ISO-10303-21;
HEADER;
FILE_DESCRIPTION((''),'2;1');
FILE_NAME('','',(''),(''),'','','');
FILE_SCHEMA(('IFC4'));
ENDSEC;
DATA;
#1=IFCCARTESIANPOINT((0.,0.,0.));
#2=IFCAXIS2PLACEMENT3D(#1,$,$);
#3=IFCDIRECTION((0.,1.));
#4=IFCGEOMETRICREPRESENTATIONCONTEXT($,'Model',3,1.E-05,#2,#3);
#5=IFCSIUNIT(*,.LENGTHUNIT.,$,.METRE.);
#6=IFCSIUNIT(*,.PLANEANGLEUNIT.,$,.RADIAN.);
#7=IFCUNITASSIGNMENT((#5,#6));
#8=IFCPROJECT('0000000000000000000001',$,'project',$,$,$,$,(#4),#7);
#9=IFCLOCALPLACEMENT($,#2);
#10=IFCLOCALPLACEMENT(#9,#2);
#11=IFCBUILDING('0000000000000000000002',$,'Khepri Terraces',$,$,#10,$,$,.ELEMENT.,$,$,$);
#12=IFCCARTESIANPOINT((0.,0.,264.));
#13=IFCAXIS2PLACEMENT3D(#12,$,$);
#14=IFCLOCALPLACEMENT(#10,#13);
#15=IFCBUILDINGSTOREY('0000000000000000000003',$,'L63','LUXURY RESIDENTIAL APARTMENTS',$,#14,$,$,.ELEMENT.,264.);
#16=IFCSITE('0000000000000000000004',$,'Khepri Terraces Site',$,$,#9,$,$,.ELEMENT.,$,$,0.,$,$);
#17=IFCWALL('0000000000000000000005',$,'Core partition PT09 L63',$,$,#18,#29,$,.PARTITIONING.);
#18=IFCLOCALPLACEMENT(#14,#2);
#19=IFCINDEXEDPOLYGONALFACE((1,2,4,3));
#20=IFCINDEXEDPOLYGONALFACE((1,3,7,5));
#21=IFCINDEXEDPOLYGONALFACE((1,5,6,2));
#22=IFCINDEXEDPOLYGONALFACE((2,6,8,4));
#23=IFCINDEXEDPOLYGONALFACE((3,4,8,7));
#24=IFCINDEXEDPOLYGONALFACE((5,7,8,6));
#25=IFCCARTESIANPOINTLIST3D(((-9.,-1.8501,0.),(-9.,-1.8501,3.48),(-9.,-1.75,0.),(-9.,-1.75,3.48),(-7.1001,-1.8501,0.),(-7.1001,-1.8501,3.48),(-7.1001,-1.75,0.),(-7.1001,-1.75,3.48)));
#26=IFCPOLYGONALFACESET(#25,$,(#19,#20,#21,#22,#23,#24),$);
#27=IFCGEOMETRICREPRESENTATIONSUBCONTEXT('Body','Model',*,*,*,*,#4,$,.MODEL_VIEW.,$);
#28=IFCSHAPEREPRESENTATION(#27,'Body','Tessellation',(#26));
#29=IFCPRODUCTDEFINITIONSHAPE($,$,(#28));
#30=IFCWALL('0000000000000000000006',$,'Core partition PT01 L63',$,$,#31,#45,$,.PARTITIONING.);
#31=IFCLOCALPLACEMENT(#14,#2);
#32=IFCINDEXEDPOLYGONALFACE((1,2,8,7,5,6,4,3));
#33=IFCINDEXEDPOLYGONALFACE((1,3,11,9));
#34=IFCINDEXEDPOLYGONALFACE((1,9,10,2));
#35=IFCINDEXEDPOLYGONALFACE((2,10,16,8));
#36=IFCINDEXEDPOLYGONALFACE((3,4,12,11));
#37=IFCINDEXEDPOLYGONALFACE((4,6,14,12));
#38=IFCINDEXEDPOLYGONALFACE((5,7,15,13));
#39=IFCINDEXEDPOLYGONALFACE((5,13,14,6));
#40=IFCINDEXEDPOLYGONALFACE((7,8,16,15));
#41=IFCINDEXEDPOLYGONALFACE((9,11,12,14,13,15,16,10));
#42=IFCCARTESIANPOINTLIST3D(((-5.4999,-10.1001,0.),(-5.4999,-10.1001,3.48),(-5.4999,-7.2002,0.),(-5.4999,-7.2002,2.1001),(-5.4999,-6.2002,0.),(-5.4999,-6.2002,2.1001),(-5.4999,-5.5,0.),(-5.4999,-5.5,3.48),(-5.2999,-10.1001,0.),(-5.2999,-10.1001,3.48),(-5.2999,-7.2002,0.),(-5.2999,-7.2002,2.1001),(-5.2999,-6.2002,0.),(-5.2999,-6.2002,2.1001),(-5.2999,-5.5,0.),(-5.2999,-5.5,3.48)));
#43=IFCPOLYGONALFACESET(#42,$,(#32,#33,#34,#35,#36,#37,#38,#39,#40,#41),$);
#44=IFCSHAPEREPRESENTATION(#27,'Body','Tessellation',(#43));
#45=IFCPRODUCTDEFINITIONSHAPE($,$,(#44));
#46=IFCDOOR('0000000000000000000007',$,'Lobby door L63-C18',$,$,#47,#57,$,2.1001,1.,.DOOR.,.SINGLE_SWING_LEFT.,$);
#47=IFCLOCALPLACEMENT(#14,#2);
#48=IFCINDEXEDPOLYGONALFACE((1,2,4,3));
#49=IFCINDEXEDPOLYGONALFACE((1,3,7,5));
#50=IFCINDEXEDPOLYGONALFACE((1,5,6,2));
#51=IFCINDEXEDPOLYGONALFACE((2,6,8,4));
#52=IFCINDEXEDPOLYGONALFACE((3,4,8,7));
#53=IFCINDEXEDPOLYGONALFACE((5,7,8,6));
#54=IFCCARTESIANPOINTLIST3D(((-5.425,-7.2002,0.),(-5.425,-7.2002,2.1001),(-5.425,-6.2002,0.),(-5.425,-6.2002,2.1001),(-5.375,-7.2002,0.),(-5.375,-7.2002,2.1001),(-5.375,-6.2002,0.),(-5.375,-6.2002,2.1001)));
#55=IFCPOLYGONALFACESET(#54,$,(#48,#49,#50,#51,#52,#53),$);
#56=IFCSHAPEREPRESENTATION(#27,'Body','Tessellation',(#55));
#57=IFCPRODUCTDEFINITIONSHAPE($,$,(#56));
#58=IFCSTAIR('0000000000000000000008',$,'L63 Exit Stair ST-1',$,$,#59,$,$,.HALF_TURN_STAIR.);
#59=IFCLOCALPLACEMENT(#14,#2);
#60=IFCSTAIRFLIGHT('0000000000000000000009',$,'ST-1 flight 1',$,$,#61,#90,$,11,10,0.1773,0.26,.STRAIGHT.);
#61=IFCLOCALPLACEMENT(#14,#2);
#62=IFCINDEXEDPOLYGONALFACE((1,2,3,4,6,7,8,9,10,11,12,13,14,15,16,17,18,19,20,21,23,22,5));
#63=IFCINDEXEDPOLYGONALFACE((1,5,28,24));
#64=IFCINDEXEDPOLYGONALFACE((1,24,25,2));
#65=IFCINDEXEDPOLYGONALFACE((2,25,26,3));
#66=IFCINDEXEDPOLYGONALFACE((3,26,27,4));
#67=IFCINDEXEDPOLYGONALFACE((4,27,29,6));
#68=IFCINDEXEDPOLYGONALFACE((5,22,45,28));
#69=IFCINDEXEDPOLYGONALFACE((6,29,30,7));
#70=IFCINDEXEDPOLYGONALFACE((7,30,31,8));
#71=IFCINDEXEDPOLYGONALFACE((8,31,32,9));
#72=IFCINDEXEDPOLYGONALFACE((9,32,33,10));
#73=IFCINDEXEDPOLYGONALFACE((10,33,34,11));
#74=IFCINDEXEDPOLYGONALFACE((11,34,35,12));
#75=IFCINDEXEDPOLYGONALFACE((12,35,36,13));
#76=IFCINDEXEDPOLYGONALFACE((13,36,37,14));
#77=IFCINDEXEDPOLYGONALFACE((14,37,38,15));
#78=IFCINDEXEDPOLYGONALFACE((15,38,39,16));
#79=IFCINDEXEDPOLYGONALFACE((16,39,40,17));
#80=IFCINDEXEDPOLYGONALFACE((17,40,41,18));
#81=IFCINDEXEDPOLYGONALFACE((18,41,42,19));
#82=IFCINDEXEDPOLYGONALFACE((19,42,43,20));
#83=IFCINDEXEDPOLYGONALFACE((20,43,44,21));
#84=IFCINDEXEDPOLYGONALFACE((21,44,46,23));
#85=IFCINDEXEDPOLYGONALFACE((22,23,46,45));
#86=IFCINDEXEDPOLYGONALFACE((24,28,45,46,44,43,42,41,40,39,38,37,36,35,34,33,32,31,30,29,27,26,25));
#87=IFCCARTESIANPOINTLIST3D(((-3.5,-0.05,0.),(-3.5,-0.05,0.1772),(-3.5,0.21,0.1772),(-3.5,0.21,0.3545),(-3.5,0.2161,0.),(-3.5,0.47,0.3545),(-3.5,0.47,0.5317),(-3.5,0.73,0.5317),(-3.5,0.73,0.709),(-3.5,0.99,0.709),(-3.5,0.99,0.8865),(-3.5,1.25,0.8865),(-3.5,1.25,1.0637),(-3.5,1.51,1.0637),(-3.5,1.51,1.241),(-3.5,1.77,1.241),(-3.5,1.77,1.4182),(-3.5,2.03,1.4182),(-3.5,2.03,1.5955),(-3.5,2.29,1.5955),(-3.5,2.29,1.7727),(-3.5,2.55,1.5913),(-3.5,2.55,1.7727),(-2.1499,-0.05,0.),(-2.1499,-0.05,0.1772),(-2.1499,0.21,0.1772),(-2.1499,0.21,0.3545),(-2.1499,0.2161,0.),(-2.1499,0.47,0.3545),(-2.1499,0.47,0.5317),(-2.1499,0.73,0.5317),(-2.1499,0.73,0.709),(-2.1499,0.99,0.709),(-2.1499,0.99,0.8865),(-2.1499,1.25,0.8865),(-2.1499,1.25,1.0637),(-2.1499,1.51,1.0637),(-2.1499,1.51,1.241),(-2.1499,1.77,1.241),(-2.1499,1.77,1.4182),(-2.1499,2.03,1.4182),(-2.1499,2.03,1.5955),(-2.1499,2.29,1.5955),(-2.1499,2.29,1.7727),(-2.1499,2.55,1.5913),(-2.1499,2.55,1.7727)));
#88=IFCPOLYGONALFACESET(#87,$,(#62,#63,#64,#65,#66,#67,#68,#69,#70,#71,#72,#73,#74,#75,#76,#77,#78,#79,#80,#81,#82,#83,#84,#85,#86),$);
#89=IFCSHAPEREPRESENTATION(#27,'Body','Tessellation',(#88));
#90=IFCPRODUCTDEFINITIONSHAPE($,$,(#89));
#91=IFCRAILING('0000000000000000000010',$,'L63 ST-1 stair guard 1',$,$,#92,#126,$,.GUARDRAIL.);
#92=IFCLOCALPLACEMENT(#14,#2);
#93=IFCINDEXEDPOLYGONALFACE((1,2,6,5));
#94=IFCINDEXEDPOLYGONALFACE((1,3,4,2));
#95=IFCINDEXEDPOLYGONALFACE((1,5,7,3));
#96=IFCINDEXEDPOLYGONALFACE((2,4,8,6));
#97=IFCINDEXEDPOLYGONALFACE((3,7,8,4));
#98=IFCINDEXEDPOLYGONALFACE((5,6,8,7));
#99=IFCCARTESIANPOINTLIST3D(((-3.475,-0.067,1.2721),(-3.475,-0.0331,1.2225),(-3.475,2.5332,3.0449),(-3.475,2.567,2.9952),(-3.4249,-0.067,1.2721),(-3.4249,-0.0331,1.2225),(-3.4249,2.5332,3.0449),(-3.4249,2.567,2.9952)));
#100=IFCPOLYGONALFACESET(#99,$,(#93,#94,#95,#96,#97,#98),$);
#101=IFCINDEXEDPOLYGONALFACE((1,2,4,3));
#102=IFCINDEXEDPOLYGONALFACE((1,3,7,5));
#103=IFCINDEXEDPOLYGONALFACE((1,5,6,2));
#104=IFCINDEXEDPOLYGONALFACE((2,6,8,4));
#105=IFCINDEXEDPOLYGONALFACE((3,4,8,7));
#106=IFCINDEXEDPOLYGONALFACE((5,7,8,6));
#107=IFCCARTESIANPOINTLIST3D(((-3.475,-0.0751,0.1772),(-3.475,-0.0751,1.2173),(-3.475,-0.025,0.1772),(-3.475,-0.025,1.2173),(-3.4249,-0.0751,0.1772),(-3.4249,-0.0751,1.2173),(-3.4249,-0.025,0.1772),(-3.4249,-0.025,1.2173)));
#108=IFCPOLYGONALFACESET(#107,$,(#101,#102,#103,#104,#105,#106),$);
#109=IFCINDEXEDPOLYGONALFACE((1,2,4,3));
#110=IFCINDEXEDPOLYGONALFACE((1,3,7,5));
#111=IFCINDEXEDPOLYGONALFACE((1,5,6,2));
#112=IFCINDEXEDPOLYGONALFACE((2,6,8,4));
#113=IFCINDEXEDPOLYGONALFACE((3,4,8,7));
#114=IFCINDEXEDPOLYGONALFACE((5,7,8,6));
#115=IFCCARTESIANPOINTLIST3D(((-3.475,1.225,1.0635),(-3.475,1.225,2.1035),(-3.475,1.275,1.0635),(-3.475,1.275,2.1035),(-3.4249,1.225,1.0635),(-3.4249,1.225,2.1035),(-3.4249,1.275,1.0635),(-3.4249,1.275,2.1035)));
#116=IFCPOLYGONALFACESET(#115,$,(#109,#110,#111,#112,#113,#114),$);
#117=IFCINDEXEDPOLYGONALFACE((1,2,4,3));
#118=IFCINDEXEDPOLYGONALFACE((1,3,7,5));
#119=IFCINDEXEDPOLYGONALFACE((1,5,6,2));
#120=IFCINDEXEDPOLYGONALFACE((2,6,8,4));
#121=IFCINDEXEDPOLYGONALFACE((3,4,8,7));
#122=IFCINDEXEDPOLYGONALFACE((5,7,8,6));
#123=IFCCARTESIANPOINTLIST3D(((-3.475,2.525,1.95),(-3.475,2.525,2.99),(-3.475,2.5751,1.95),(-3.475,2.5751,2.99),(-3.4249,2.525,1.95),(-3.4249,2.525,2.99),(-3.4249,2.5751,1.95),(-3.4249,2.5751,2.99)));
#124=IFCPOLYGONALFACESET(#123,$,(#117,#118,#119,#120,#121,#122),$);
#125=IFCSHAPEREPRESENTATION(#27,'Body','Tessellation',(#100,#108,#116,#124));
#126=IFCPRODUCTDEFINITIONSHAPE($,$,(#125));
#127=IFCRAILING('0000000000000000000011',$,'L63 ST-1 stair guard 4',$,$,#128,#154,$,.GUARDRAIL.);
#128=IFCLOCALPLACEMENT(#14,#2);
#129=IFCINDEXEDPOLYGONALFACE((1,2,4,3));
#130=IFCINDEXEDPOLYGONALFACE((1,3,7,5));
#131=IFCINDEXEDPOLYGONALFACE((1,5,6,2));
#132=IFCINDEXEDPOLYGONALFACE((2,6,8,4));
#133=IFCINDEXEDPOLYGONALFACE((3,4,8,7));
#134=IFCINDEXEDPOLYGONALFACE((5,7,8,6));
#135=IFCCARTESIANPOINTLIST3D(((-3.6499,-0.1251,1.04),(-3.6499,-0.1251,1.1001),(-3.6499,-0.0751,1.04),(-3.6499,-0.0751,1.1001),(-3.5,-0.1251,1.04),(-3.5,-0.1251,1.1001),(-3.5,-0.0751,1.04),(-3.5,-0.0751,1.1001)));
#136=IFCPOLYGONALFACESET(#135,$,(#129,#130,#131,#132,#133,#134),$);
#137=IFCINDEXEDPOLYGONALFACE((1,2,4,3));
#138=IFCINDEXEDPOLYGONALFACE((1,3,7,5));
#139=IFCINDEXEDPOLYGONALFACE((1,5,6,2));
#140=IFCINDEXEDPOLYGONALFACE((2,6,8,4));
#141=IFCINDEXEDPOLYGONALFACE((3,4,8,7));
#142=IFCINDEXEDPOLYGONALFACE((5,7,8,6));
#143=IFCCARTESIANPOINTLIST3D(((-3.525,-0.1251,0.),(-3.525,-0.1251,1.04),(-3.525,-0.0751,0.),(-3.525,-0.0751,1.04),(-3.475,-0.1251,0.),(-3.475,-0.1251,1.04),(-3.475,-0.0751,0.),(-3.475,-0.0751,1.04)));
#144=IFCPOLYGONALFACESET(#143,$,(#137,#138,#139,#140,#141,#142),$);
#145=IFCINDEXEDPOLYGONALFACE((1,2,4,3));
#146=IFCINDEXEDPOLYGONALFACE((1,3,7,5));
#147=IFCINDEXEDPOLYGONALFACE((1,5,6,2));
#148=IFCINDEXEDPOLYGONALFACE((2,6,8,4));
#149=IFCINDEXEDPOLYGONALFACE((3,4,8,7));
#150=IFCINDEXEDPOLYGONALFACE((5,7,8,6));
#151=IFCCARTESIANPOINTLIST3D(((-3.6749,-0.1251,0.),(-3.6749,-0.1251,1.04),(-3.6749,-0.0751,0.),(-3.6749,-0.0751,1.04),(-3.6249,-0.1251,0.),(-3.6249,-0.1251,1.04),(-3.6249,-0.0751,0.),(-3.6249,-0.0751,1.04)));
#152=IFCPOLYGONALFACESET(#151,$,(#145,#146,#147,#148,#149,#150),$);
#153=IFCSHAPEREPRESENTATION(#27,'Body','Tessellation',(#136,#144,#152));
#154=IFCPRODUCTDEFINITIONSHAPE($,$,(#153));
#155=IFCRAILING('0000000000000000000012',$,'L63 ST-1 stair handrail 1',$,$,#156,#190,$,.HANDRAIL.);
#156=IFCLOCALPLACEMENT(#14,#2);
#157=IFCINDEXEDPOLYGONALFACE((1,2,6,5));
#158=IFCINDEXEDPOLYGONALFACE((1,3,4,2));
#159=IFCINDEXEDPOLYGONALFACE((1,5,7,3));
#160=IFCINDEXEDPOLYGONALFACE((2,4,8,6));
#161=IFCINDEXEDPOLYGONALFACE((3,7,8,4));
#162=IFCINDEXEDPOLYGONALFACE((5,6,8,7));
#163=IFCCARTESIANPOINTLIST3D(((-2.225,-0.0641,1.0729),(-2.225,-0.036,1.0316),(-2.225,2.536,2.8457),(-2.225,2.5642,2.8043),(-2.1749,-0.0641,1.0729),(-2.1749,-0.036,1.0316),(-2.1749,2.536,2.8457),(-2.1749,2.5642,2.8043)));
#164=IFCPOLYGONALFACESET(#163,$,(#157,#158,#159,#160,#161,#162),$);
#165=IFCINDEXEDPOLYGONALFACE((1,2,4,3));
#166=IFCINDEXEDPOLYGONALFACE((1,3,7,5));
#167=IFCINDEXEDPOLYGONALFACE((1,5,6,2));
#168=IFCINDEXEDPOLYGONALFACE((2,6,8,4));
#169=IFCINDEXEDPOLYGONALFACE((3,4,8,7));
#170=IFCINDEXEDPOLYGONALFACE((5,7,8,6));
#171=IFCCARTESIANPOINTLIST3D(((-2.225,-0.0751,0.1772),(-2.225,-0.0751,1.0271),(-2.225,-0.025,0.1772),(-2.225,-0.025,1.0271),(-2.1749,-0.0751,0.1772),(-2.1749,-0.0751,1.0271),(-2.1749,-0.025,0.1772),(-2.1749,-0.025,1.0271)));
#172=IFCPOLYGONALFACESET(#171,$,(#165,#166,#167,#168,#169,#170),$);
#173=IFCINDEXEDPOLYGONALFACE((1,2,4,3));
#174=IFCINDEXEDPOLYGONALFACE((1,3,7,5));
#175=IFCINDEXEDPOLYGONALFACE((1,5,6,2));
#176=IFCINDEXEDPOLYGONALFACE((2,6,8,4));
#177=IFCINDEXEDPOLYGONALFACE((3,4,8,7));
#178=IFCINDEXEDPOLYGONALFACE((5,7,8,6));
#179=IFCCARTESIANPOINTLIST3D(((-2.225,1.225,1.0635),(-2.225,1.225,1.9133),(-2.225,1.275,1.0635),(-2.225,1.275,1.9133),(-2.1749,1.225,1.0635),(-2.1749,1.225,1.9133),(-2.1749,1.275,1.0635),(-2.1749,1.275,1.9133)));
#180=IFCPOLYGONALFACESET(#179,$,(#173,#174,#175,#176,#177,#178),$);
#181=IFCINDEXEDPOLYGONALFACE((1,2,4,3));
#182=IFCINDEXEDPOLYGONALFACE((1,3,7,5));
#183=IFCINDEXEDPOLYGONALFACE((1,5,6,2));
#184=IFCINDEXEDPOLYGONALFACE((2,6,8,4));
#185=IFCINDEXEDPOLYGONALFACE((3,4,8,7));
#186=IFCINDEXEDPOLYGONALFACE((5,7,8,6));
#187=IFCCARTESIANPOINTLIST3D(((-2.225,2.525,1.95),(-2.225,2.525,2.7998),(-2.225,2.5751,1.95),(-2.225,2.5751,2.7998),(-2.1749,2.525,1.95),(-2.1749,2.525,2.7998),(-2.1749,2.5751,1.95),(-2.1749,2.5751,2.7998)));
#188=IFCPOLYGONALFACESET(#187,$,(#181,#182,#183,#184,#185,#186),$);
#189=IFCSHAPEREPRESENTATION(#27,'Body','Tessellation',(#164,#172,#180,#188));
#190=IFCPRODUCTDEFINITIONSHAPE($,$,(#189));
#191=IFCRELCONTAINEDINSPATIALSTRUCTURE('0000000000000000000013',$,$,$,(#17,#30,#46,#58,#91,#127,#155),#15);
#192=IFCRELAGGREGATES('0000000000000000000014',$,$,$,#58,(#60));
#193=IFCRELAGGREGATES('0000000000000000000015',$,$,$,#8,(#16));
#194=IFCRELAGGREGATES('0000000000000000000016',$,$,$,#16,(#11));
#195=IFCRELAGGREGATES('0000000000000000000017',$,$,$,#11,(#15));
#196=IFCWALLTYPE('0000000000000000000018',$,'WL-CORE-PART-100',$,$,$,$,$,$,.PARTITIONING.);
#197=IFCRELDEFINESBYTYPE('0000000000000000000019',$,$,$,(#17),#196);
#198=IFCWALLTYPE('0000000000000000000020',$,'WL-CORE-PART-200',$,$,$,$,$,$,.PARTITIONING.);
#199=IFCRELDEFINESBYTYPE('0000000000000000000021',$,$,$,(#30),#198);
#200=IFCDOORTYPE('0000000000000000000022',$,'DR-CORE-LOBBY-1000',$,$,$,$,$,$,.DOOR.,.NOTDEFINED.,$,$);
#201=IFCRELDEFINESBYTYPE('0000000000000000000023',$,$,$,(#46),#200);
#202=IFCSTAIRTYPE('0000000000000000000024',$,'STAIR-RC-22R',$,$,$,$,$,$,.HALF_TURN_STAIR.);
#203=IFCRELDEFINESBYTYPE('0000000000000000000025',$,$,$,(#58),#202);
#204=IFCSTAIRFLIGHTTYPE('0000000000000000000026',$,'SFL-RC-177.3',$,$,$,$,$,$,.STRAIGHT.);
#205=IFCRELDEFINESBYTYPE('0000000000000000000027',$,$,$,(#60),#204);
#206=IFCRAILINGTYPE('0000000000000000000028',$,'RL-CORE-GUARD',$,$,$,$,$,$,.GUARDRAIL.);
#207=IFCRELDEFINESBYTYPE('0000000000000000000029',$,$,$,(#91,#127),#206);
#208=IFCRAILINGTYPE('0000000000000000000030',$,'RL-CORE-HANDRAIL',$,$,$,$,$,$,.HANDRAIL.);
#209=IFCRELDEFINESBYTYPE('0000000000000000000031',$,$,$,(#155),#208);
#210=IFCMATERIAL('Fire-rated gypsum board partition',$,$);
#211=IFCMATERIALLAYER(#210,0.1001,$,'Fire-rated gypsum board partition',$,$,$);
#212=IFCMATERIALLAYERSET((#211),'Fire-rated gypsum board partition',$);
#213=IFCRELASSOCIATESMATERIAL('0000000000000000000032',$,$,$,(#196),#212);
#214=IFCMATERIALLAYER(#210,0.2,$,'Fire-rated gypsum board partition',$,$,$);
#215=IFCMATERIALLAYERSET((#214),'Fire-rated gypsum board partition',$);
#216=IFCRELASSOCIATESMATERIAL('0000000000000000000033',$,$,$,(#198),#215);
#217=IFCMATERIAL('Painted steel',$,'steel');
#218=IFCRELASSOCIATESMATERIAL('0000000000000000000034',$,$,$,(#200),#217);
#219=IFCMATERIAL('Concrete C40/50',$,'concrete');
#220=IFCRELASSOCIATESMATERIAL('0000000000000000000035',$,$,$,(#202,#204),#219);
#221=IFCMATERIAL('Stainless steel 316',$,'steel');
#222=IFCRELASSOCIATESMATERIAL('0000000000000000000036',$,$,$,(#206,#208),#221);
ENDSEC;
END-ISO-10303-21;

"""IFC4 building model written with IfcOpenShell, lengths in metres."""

from ifc_helpers import new_model, si_unit, direction, frame, frame_2d, origin, origin_2d, place, context, subcontext, project, spatial, polyline, rectangle, outline, extrude, material, layer, layer_set, type_object, element, fill, aggregate, save


model = new_model("IFC4")

# Units and contexts
model_context = context("Model", 3, precision=1e-05, world=origin(), true_north=direction((0.0, 1.0)))
body_context = subcontext(model_context, "Body", "Model", "MODEL_VIEW")
ifc_project = project(units=[si_unit("LENGTHUNIT", "METRE"), si_unit("PLANEANGLEUNIT", "RADIAN")], contexts=[model_context])

# Site, building, storey
site_placement = place(None, origin())
site = spatial("IfcSite", under=ifc_project, at=site_placement, Name="Khepri Terraces Site", CompositionType="ELEMENT", RefElevation=0.0)
building_placement = place(site_placement, origin())
building = spatial("IfcBuilding", under=site, at=building_placement, Name="Khepri Terraces", CompositionType="ELEMENT")
storey_placement = place(building_placement, frame((0.0, 0.0, 264.0)))
storey = spatial("IfcBuildingStorey", under=building, at=storey_placement, Name="L63", Description="LUXURY RESIDENTIAL APARTMENTS", CompositionType="ELEMENT", Elevation=264.0)

# Shared definitions
ifc_material_1 = material(Name="Concrete C40/50", Category="concrete")

# Shared definitions
ifc_material_2 = material(Name="Painted steel", Category="steel")

# Shared definitions
ifc_material_3 = material(Name="Fire-rated gypsum board partition")
ifc_layer_1 = layer(ifc_material_3, 0.1001, Name="Fire-rated gypsum board partition")
ifc_layer_set_1 = layer_set([ifc_layer_1], Name="Fire-rated gypsum board partition")
wall_type_1 = type_object("IfcWallType", Name="WL-CORE-PART-100", PredefinedType="PARTITIONING", material=ifc_layer_set_1)

# Wall
for number, where, z_axis, x_axis, name in (
    (1, (-9.0, -1.8, 0.0), (0.0, 0.0, 1.0), (1.0, 0.0, 0.0), "Core partition PT09 L63"),
):
    element("IfcWall", number, at=place(storey_placement, frame(where, z_axis=z_axis, x_axis=x_axis)), inside=storey, type_object=wall_type_1, Name=name, PredefinedType="PARTITIONING", context=body_context, shape_type="SweptSolid", body=[
        extrude(rectangle(XDim=1.8999, YDim=0.1001, at=frame_2d((0.95, 0.0))), origin(), (0.0, 0.0, 1.0), 3.48),
    ])

# Wall, opening, door
ifc_layer_2 = layer(ifc_material_3, 0.2, Name="Fire-rated gypsum board partition")
ifc_layer_set_2 = layer_set([ifc_layer_2], Name="Fire-rated gypsum board partition")
wall_type_2 = type_object("IfcWallType", Name="WL-CORE-PART-200", PredefinedType="PARTITIONING", material=ifc_layer_set_2)
wall_1_placement = place(storey_placement, frame((-5.3999, -10.1001, 0.0), z_axis=(0.0, 0.0, 1.0), x_axis=(0.0, 1.0, 0.0)))
wall_1 = element("IfcWall", 2, at=wall_1_placement, inside=storey, type_object=wall_type_2, Name="Core partition PT01 L63", PredefinedType="PARTITIONING", context=body_context, shape_type="SweptSolid", body=[
    extrude(rectangle(XDim=4.6001, YDim=0.2, at=frame_2d((2.3, 0.0))), origin(), (0.0, 0.0, 1.0), 3.48),
])
opening_1_placement = place(wall_1_placement, frame((2.8999, 0.0, 0.0)))
opening_1 = element("IfcOpeningElement", 3, at=opening_1_placement, cuts=wall_1, PredefinedType="OPENING", context=body_context, shape_type="SweptSolid", body=[
    extrude(rectangle(XDim=1.0, YDim=2.1001, at=frame_2d((0.5, 1.05))), frame((0.0, 0.1099, 0.0), z_axis=(0.0, -1.0, 0.0), x_axis=(1.0, 0.0, 0.0)), (0.0, 0.0, 1.0), 0.22),
])
door_type_1 = type_object("IfcDoorType", Name="DR-CORE-LOBBY-1000", OperationType="NOTDEFINED", PredefinedType="DOOR", material=ifc_material_2)
door_1_placement = place(opening_1_placement, frame((1.0, 0.0, 0.0), z_axis=(0.0, 0.0, 1.0), x_axis=(-1.0, 0.0, 0.0)))
door_1 = element("IfcDoor", 4, at=door_1_placement, inside=storey, type_object=door_type_1, Name="Lobby door L63-C18", OperationType="SINGLE_SWING_LEFT", OverallHeight=2.1001, OverallWidth=1.0, PredefinedType="DOOR", context=body_context, shape_type="SweptSolid", body=[
    extrude(rectangle(XDim=1.0, YDim=2.1001, at=frame_2d((0.5, 1.05))), frame((0.0, 0.0249, 0.0), z_axis=(0.0, -1.0, 0.0), x_axis=(1.0, 0.0, 0.0)), (0.0, 0.0, 1.0), 0.05),
])
fill(opening_1, door_1)

# Stair, stair flight
stair_type = type_object("IfcStairType", Name="STAIR-RC-22R", PredefinedType="HALF_TURN_STAIR", material=ifc_material_1)
stair_placement = place(storey_placement, origin())
stair = element("IfcStair", 5, at=stair_placement, inside=storey, type_object=stair_type, Name="L63 Exit Stair ST-1", PredefinedType="HALF_TURN_STAIR")
stair_flight_type = type_object("IfcStairFlightType", Name="SFL-RC-177.3", PredefinedType="STRAIGHT", material=ifc_material_1)
stair_flight_placement = place(storey_placement, frame((-2.825, -0.05, 0.0), z_axis=(0.0, 0.0, 1.0), x_axis=(0.0, 1.0, 0.0)))
stair_flight = element("IfcStairFlight", 6, at=stair_flight_placement, type_object=stair_flight_type, Name="ST-1 flight 1", NumberOfRisers=11, NumberOfTreads=10, PredefinedType="STRAIGHT", RiserHeight=0.1773, TreadLength=0.26, context=body_context, shape_type="SweptSolid", body=[
    extrude(outline(polyline([(0.0, 0.0), (0.0, 0.1772), (0.26, 0.1772), (0.26, 0.3545), (0.52, 0.3545), (0.52, 0.5317), (0.78, 0.5317), (0.78, 0.709), (1.04, 0.709), (1.04, 0.8865), (1.3, 0.8865), (1.3, 1.0637), (1.5601, 1.0637), (1.5601, 1.241), (1.8201, 1.241), (1.8201, 1.4182), (2.0801, 1.4182), (2.0801, 1.5955), (2.3401, 1.5955), (2.3401, 1.7727), (2.6001, 1.7727), (2.6001, 1.95), (2.6001, 1.5913), (0.2661, 0.0), (0.0, 0.0)])), frame((0.0, 0.675, 0.0), z_axis=(0.0, -1.0, 0.0), x_axis=(1.0, 0.0, 0.0)), (0.0, 0.0, 1.0), 1.3501),
])
aggregate(stair, [stair_flight])

# Railings
ifc_material_4 = material(Name="Stainless steel 316", Category="steel")
railing_type_1 = type_object("IfcRailingType", Name="RL-CORE-GUARD", PredefinedType="GUARDRAIL", material=ifc_material_4)
railing_1_placement = place(storey_placement, frame((-3.45, -0.05, 0.1772)))
element("IfcRailing", 7, at=railing_1_placement, inside=storey, type_object=railing_type_1, Name="L63 ST-1 stair guard 1", PredefinedType="GUARDRAIL", context=body_context, shape_type="SweptSolid", body=[
    extrude(rectangle(XDim=0.05, YDim=0.0601, at=origin_2d()), frame((0.0, 0.0, 1.0701), z_axis=(0.0, 0.82624, 0.563318), x_axis=(-1.0, 0.0, 0.0)), (0.0, 0.0, 1.0), 3.147),
    extrude(rectangle(XDim=0.05, YDim=0.05, at=origin_2d()), origin(), (0.0, 0.0, 1.0), 1.04),
    extrude(rectangle(XDim=0.05, YDim=0.05, at=origin_2d()), frame((0.0, 1.3, 0.8862)), (0.0, 0.0, 1.0), 1.04),
    extrude(rectangle(XDim=0.05, YDim=0.05, at=origin_2d()), frame((0.0, 2.6001, 1.7727)), (0.0, 0.0, 1.0), 1.04),
])
railing_2_placement = place(storey_placement, frame((-3.5, -0.1001, 0.0)))
element("IfcRailing", 8, at=railing_2_placement, inside=storey, type_object=railing_type_1, Name="L63 ST-1 stair guard 4", PredefinedType="GUARDRAIL", context=body_context, shape_type="SweptSolid", body=[
    extrude(rectangle(XDim=0.05, YDim=0.0601, at=origin_2d()), frame((0.0, 0.0, 1.0701), z_axis=(-1.0, 0.0, 0.0), x_axis=(0.0, -1.0, 0.0)), (0.0, 0.0, 1.0), 0.1499),
    extrude(rectangle(XDim=0.05, YDim=0.05, at=origin_2d()), origin(), (0.0, 0.0, 1.0), 1.04),
    extrude(rectangle(XDim=0.05, YDim=0.05, at=origin_2d()), frame((-0.1499, 0.0, 0.0)), (0.0, 0.0, 1.0), 1.04),
])
railing_type_2 = type_object("IfcRailingType", Name="RL-CORE-HANDRAIL", PredefinedType="HANDRAIL", material=ifc_material_4)
railing_3_placement = place(storey_placement, frame((-2.2, -0.05, 0.1772)))
element("IfcRailing", 9, at=railing_3_placement, inside=storey, type_object=railing_type_2, Name="L63 ST-1 stair handrail 1", PredefinedType="HANDRAIL", context=body_context, shape_type="SweptSolid", body=[
    extrude(rectangle(XDim=0.05, YDim=0.05, at=origin_2d()), frame((0.0, 0.0, 0.875), z_axis=(0.0, 0.82624, 0.563318), x_axis=(-1.0, 0.0, 0.0)), (0.0, 0.0, 1.0), 3.147),
    extrude(rectangle(XDim=0.05, YDim=0.05, at=origin_2d()), origin(), (0.0, 0.0, 1.0), 0.8499),
    extrude(rectangle(XDim=0.05, YDim=0.05, at=origin_2d()), frame((0.0, 1.3, 0.8862)), (0.0, 0.0, 1.0), 0.8499),
    extrude(rectangle(XDim=0.05, YDim=0.05, at=origin_2d()), frame((0.0, 2.6001, 1.7727)), (0.0, 0.0, 1.0), 0.8499),
])

save(model, "model.ifc")
